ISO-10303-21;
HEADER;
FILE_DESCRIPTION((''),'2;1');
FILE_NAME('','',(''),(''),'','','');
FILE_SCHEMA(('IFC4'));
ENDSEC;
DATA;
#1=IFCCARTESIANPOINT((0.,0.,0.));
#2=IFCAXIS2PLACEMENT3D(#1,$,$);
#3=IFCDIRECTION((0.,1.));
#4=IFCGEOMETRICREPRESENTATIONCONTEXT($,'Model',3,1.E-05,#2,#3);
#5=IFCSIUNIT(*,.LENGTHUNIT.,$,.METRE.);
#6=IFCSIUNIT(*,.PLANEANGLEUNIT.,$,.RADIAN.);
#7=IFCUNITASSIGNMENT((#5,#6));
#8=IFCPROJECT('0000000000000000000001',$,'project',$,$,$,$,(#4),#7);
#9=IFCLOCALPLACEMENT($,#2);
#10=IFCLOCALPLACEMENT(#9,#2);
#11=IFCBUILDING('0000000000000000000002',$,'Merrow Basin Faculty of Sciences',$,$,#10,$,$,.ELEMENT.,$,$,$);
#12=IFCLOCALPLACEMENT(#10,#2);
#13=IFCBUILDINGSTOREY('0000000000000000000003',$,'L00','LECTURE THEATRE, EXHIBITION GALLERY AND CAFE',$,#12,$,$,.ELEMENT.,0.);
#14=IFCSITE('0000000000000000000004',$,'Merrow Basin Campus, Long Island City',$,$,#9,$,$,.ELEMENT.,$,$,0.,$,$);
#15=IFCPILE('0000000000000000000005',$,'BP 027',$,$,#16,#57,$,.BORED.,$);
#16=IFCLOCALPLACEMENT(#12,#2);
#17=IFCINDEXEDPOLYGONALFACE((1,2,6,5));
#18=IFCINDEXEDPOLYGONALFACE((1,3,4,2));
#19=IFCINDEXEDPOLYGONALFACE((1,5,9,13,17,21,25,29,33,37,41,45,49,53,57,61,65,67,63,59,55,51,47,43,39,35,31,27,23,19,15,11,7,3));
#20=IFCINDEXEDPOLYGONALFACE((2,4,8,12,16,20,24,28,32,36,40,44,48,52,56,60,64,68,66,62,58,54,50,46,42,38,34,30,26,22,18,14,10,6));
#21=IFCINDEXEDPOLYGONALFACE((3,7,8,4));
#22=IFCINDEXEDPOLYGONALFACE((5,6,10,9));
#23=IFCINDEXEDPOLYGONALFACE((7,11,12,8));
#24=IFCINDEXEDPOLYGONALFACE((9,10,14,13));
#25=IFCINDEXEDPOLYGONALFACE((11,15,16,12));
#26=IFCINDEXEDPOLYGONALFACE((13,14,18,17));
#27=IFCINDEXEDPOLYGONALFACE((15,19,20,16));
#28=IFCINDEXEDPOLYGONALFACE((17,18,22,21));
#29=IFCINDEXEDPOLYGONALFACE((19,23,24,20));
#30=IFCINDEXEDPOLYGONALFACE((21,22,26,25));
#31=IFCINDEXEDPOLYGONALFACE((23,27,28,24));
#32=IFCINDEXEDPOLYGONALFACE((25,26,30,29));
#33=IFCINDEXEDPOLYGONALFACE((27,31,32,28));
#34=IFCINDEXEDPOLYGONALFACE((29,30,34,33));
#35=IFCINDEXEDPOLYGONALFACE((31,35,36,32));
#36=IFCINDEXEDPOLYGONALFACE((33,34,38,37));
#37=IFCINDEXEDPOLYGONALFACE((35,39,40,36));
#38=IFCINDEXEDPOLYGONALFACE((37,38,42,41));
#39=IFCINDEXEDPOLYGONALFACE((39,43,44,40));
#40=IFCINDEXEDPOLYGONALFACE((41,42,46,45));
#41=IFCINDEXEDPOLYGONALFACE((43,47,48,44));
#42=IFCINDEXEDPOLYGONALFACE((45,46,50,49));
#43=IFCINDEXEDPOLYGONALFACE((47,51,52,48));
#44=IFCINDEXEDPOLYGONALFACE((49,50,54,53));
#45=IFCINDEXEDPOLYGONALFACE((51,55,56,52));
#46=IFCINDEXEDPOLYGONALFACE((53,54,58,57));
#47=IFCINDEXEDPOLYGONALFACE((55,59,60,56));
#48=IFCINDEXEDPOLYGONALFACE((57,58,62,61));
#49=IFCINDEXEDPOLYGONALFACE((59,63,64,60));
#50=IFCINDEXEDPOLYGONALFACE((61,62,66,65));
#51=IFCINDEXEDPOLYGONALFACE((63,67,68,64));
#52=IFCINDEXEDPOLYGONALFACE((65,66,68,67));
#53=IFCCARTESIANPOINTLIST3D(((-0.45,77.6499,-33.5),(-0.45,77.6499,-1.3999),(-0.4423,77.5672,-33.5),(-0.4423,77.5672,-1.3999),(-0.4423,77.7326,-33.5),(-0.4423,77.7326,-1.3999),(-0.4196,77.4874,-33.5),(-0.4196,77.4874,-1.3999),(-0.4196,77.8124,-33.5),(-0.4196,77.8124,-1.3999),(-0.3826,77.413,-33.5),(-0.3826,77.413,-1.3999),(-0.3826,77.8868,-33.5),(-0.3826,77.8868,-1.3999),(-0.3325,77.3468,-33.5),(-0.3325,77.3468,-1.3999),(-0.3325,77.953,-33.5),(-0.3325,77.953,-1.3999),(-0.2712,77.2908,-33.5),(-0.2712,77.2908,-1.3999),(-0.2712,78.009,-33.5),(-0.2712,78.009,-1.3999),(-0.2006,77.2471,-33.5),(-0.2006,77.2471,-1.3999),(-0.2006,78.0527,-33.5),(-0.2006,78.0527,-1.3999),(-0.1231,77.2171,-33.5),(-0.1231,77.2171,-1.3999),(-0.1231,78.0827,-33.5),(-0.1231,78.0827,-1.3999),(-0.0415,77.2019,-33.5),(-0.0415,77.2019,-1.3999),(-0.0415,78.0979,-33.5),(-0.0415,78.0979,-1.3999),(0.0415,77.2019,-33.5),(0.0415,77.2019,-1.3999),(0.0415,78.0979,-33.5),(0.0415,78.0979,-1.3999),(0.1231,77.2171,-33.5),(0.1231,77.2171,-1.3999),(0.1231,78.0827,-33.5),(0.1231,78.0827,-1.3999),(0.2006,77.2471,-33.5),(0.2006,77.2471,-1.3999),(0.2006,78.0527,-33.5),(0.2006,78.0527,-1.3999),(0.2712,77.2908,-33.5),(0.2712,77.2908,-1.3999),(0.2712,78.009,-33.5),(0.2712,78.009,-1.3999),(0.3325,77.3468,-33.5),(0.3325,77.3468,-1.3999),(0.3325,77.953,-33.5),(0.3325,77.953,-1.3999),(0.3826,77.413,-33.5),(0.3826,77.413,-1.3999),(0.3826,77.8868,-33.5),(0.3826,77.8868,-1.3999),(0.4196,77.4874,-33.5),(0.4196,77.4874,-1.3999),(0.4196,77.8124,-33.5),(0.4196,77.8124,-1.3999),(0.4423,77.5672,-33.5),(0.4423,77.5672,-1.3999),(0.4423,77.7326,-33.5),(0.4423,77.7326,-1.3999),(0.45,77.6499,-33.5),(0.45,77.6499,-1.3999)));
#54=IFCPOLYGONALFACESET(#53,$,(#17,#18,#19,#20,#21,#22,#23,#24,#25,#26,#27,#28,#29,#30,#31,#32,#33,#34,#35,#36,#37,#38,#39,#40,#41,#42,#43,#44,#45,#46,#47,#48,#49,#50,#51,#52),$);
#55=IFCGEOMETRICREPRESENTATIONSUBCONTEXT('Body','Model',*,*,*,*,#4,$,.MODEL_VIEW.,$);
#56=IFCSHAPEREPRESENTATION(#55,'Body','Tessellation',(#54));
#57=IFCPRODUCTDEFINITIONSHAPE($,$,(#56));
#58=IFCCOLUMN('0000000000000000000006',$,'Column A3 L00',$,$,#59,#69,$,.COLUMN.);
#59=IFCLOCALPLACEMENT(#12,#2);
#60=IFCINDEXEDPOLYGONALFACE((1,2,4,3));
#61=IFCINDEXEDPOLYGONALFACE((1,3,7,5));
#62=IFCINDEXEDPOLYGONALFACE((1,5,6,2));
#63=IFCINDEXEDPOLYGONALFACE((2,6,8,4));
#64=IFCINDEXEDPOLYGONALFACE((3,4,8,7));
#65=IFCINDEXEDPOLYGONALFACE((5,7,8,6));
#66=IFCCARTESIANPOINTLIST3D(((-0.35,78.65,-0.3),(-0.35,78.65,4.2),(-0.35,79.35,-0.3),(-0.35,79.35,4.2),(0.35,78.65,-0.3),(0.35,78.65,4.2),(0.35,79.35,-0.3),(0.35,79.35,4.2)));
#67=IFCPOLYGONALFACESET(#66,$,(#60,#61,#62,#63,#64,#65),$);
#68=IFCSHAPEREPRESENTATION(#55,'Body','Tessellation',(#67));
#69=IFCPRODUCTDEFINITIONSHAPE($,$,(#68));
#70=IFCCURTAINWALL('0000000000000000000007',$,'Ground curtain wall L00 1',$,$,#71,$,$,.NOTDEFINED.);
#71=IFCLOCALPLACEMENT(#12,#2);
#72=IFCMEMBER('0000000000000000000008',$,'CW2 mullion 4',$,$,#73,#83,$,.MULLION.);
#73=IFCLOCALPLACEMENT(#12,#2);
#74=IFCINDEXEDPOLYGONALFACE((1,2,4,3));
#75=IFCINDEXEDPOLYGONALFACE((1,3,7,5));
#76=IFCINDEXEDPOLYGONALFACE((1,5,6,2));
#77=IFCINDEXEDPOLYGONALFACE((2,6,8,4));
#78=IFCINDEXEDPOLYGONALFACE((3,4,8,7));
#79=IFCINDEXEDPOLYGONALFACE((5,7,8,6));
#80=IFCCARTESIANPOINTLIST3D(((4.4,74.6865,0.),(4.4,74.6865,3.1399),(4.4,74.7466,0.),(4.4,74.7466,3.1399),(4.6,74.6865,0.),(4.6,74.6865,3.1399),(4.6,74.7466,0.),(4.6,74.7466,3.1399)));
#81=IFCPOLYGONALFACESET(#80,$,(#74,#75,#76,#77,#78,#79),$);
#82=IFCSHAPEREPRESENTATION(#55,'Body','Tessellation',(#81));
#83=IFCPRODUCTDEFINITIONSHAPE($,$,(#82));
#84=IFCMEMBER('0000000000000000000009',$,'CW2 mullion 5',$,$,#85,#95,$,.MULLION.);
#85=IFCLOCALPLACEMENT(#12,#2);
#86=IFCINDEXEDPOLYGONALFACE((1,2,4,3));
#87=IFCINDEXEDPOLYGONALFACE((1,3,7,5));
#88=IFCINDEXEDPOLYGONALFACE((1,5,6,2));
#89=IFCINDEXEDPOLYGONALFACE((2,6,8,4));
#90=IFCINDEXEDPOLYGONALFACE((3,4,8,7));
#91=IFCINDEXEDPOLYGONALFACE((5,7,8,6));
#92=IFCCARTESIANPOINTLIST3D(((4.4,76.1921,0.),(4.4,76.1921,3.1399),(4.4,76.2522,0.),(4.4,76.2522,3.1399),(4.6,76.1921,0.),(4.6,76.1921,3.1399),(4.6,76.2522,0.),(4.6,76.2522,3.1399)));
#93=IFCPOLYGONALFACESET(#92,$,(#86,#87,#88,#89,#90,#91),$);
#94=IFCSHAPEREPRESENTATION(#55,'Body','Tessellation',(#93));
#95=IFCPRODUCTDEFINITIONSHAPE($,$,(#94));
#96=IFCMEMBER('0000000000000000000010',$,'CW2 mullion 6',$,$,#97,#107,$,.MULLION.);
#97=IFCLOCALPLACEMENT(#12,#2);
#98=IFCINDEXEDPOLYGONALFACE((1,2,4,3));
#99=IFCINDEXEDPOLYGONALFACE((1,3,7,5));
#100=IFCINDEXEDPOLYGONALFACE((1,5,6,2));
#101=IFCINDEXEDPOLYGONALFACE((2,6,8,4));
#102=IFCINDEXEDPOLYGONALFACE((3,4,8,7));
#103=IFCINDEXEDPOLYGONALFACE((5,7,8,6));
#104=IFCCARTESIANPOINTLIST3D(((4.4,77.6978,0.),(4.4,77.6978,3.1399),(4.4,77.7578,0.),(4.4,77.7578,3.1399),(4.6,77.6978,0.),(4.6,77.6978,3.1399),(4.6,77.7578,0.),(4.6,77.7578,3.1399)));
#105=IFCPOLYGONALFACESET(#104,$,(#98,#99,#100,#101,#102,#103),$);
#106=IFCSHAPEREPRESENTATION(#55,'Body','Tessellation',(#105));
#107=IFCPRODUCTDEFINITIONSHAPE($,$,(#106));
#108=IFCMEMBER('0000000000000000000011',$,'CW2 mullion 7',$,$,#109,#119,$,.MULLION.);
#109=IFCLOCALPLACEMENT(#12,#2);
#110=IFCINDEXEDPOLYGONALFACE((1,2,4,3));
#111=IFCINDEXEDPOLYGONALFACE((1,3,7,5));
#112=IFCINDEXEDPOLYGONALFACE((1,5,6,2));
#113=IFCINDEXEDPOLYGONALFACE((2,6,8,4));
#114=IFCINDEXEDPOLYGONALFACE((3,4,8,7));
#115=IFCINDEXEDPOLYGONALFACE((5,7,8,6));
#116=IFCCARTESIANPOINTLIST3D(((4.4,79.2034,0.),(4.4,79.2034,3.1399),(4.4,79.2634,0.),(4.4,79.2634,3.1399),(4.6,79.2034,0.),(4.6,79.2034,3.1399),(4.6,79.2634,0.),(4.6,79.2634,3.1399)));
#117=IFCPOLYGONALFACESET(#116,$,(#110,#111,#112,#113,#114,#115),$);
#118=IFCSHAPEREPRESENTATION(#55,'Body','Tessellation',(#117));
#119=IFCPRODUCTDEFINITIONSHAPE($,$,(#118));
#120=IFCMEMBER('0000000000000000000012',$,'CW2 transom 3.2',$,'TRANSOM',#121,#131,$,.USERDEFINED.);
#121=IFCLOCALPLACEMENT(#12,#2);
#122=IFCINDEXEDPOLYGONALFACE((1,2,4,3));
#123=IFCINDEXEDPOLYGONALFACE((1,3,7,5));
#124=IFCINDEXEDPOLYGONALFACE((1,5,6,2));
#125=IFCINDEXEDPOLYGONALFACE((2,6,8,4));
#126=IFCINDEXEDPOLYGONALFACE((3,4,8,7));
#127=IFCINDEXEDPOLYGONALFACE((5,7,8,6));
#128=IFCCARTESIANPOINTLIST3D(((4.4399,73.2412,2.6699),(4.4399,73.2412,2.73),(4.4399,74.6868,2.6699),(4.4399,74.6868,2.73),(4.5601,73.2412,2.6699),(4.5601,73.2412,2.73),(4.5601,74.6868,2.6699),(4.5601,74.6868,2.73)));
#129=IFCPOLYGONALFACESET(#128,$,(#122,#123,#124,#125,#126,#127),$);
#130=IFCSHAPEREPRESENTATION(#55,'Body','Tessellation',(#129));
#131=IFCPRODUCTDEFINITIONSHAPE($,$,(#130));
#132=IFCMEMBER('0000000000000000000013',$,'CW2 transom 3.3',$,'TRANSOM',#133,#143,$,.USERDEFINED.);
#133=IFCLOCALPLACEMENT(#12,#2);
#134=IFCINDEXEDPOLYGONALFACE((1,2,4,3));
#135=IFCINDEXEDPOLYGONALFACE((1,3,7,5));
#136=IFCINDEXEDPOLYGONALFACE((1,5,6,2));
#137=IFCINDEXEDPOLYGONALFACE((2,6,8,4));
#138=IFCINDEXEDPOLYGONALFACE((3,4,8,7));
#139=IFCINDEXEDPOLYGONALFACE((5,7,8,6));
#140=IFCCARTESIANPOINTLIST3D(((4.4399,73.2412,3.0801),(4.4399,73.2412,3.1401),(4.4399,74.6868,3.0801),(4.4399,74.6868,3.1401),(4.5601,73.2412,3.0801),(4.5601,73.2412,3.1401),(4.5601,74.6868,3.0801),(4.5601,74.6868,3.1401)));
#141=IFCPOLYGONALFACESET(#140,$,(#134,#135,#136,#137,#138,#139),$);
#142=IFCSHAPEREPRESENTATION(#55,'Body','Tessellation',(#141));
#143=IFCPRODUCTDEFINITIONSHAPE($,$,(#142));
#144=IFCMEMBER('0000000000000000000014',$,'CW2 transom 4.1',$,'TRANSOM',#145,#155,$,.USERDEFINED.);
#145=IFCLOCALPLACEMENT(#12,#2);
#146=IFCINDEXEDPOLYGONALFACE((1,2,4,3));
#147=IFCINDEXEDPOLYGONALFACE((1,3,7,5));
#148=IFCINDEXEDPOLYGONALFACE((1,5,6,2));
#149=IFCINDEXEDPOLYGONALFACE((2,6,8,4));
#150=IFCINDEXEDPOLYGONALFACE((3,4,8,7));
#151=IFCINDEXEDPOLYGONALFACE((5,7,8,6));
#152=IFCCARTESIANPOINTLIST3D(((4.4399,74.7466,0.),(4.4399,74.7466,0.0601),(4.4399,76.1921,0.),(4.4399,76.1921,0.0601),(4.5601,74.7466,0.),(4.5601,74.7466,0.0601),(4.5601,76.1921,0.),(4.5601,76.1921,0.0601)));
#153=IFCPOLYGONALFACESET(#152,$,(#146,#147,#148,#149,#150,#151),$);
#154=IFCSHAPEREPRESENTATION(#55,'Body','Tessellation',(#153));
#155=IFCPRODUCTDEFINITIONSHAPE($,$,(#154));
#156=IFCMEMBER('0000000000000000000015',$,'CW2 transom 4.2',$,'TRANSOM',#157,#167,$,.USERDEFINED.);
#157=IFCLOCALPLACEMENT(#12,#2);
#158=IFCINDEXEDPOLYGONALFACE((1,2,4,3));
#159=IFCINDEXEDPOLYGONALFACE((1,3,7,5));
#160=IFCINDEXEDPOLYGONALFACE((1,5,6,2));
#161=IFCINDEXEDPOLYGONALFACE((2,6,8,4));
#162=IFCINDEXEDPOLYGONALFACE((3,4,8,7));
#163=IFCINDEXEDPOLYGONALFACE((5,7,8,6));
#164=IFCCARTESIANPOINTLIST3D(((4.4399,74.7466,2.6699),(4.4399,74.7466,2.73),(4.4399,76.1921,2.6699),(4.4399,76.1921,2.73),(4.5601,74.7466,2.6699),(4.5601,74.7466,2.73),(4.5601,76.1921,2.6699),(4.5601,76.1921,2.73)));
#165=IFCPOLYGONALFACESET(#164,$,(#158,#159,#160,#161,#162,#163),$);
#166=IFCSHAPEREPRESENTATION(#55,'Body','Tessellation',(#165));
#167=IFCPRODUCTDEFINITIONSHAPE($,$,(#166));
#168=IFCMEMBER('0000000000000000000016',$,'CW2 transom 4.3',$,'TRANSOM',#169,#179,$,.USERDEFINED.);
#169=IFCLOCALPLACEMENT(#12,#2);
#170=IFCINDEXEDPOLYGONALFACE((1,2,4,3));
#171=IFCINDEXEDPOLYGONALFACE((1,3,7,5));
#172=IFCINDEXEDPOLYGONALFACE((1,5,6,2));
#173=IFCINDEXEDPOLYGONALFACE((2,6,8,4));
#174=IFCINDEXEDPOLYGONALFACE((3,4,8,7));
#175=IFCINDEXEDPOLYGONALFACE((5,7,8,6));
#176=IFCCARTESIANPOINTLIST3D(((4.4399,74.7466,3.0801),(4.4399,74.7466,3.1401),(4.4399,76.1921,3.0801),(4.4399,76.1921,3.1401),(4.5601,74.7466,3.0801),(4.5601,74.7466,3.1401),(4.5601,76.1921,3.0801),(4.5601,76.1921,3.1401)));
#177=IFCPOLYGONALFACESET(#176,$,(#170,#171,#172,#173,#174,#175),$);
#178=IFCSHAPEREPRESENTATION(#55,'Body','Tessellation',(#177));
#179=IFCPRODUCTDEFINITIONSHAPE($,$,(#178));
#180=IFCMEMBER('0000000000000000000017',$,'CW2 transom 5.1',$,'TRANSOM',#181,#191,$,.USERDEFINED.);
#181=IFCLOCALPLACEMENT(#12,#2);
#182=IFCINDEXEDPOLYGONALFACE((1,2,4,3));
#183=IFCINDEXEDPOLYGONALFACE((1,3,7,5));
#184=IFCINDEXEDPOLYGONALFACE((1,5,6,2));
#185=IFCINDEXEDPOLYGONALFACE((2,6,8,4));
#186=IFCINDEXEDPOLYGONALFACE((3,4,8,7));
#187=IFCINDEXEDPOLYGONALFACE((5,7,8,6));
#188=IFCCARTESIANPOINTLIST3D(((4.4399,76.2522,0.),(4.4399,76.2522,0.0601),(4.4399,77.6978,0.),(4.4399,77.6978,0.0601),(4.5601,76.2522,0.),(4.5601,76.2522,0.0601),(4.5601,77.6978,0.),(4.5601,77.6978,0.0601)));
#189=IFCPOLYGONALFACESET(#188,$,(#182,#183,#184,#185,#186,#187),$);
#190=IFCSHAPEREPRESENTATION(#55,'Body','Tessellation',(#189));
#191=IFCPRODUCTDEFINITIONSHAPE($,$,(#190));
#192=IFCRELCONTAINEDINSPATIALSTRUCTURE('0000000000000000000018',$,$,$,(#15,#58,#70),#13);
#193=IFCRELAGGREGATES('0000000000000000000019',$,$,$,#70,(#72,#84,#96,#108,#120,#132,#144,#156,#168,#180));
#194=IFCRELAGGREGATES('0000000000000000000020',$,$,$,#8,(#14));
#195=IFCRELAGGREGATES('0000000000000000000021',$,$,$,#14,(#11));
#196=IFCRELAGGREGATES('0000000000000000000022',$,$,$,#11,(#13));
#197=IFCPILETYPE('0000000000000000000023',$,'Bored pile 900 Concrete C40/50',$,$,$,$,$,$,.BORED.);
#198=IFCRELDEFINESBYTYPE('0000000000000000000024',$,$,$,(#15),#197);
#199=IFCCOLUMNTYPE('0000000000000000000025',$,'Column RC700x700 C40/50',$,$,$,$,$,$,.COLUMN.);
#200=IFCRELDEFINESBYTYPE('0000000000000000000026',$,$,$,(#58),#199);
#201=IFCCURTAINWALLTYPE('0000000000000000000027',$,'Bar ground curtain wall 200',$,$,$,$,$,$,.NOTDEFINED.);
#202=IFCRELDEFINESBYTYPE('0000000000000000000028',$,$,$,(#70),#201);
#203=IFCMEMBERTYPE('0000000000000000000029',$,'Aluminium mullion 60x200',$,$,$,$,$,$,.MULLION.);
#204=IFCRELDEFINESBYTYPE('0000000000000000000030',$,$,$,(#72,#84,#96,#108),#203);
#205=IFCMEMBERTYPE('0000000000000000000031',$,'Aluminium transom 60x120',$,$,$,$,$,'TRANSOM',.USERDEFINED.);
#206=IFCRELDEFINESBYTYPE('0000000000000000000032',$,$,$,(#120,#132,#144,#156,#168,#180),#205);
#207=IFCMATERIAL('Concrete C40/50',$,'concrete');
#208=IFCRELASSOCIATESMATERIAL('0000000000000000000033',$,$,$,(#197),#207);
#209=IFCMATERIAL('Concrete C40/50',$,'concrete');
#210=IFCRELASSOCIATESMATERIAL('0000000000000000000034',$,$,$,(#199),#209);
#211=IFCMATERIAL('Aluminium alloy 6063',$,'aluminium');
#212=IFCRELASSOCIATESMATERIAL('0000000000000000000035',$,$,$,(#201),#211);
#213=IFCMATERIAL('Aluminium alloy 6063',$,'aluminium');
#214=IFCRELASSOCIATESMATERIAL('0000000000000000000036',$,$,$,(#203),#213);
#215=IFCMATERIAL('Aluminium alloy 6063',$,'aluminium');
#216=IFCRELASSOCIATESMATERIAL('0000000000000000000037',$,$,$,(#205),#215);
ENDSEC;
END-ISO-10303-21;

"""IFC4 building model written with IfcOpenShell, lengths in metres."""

from ifc_helpers import new_model, si_unit, direction, frame, origin, origin_2d, place, context, subcontext, project, spatial, rectangle, circle, extrude, material, material_profile, profile_set, type_object, element, aggregate, save


model = new_model("IFC4")

# Units and contexts
model_context = context("Model", 3, precision=1e-05, world=origin(), true_north=direction((0.0, 1.0)))
body_context = subcontext(model_context, "Body", "Model", "MODEL_VIEW")
ifc_project = project(units=[si_unit("LENGTHUNIT", "METRE"), si_unit("PLANEANGLEUNIT", "RADIAN")], contexts=[model_context])

# Site, building, storey
site_placement = place(None, origin())
site = spatial("IfcSite", under=ifc_project, at=site_placement, Name="Merrow Basin Campus, Long Island City", CompositionType="ELEMENT", RefElevation=0.0)
building_placement = place(site_placement, origin())
building = spatial("IfcBuilding", under=site, at=building_placement, Name="Merrow Basin Faculty of Sciences", CompositionType="ELEMENT")
storey_placement = place(building_placement, origin())
storey = spatial("IfcBuildingStorey", under=building, at=storey_placement, Name="L00", Description="LECTURE THEATRE, EXHIBITION GALLERY AND CAFE", CompositionType="ELEMENT", Elevation=0.0)

# Pile
ifc_material_1 = material(Name="Concrete C40/50", Category="concrete")
ifc_material_profile_1 = material_profile(ifc_material_1, circle(Radius=0.45, at=origin_2d()))
ifc_profile_set_1 = profile_set([ifc_material_profile_1], Name="Concrete C40/50")
pile_type = type_object("IfcPileType", Name="Bored pile 900 Concrete C40/50", PredefinedType="BORED", material=ifc_profile_set_1)
pile_placement = place(storey_placement, frame((0.0, 77.6499, -1.3999), z_axis=(0.0, 0.0, -1.0), x_axis=(1.0, 0.0, 0.0)))
element("IfcPile", 1, at=pile_placement, inside=storey, type_object=pile_type, Name="BP 027", PredefinedType="BORED", context=body_context, shape_type="SweptSolid", body=[
    extrude(circle(Radius=0.45, at=origin_2d()), origin(), (0.0, 0.0, 1.0), 32.1001),
])

# Column
ifc_material_2 = material(Name="Concrete C40/50", Category="concrete")
ifc_material_profile_2 = material_profile(ifc_material_2, rectangle(XDim=0.7, YDim=0.7, at=origin_2d()))
ifc_profile_set_2 = profile_set([ifc_material_profile_2], Name="Concrete C40/50")
column_type = type_object("IfcColumnType", Name="Column RC700x700 C40/50", PredefinedType="COLUMN", material=ifc_profile_set_2)
column_placement = place(storey_placement, frame((0.0, 79.0, -0.3), z_axis=(0.0, 0.0, 1.0), x_axis=(1.0, 0.0, 0.0)))
element("IfcColumn", 2, at=column_placement, inside=storey, type_object=column_type, Name="Column A3 L00", PredefinedType="COLUMN", context=body_context, shape_type="SweptSolid", body=[
    extrude(rectangle(XDim=0.7, YDim=0.7, at=origin_2d()), origin(), (0.0, 0.0, 1.0), 4.5),
])

# Curtain wall, members
ifc_material_3 = material(Name="Aluminium alloy 6063", Category="aluminium")
curtain_wall_type = type_object("IfcCurtainWallType", Name="Bar ground curtain wall 200", PredefinedType="NOTDEFINED", material=ifc_material_3)
curtain_wall_placement = place(storey_placement, origin())
curtain_wall = element("IfcCurtainWall", 3, at=curtain_wall_placement, inside=storey, type_object=curtain_wall_type, Name="Ground curtain wall L00 1", PredefinedType="NOTDEFINED")
ifc_material_4 = material(Name="Aluminium alloy 6063", Category="aluminium")
ifc_material_profile_3 = material_profile(ifc_material_4, rectangle(XDim=0.2, YDim=0.0601, at=origin_2d()))
ifc_profile_set_3 = profile_set([ifc_material_profile_3], Name="Aluminium alloy 6063")
member_type_1 = type_object("IfcMemberType", Name="Aluminium mullion 60x200", PredefinedType="MULLION", material=ifc_profile_set_3)
member_1_placement = place(storey_placement, frame((4.5, 74.7166, 0.0), z_axis=(0.0, 0.0, 1.0), x_axis=(-1.0, 0.0, 0.0)))
member_1 = element("IfcMember", 4, at=member_1_placement, type_object=member_type_1, Name="CW2 mullion 4", PredefinedType="MULLION", context=body_context, shape_type="SweptSolid", body=[
    extrude(rectangle(XDim=0.2, YDim=0.0601, at=origin_2d()), origin(), (0.0, 0.0, 1.0), 3.1399),
])
member_2_placement = place(storey_placement, frame((4.5, 76.2222, 0.0), z_axis=(0.0, 0.0, 1.0), x_axis=(-1.0, 0.0, 0.0)))
member_2 = element("IfcMember", 5, at=member_2_placement, type_object=member_type_1, Name="CW2 mullion 5", PredefinedType="MULLION", context=body_context, shape_type="SweptSolid", body=[
    extrude(rectangle(XDim=0.2, YDim=0.0601, at=origin_2d()), origin(), (0.0, 0.0, 1.0), 3.1399),
])
member_3_placement = place(storey_placement, frame((4.5, 77.7278, 0.0), z_axis=(0.0, 0.0, 1.0), x_axis=(-1.0, 0.0, 0.0)))
member_3 = element("IfcMember", 6, at=member_3_placement, type_object=member_type_1, Name="CW2 mullion 6", PredefinedType="MULLION", context=body_context, shape_type="SweptSolid", body=[
    extrude(rectangle(XDim=0.2, YDim=0.0601, at=origin_2d()), origin(), (0.0, 0.0, 1.0), 3.1399),
])
member_4_placement = place(storey_placement, frame((4.5, 79.2334, 0.0), z_axis=(0.0, 0.0, 1.0), x_axis=(-1.0, 0.0, 0.0)))
member_4 = element("IfcMember", 7, at=member_4_placement, type_object=member_type_1, Name="CW2 mullion 7", PredefinedType="MULLION", context=body_context, shape_type="SweptSolid", body=[
    extrude(rectangle(XDim=0.2, YDim=0.0601, at=origin_2d()), origin(), (0.0, 0.0, 1.0), 3.1399),
])
ifc_material_5 = material(Name="Aluminium alloy 6063", Category="aluminium")
ifc_material_profile_4 = material_profile(ifc_material_5, rectangle(XDim=0.1201, YDim=0.0601, at=origin_2d()))
ifc_profile_set_4 = profile_set([ifc_material_profile_4], Name="Aluminium alloy 6063")
member_type_2 = type_object("IfcMemberType", Name="Aluminium transom 60x120", ElementType="TRANSOM", PredefinedType="USERDEFINED", material=ifc_profile_set_4)
member_5_placement = place(storey_placement, frame((4.5, 73.2412, 2.7), z_axis=(0.0, 1.0, 0.0), x_axis=(-1.0, 0.0, 0.0)))
member_5 = element("IfcMember", 8, at=member_5_placement, type_object=member_type_2, Name="CW2 transom 3.2", ObjectType="TRANSOM", PredefinedType="USERDEFINED", context=body_context, shape_type="SweptSolid", body=[
    extrude(rectangle(XDim=0.1201, YDim=0.0601, at=origin_2d()), origin(), (0.0, 0.0, 1.0), 1.4456),
])
member_6_placement = place(storey_placement, frame((4.5, 73.2412, 3.1101), z_axis=(0.0, 1.0, 0.0), x_axis=(-1.0, 0.0, 0.0)))
member_6 = element("IfcMember", 9, at=member_6_placement, type_object=member_type_2, Name="CW2 transom 3.3", ObjectType="TRANSOM", PredefinedType="USERDEFINED", context=body_context, shape_type="SweptSolid", body=[
    extrude(rectangle(XDim=0.1201, YDim=0.0601, at=origin_2d()), origin(), (0.0, 0.0, 1.0), 1.4456),
])
member_7_placement = place(storey_placement, frame((4.5, 74.7466, 0.03), z_axis=(0.0, 1.0, 0.0), x_axis=(-1.0, 0.0, 0.0)))
member_7 = element("IfcMember", 10, at=member_7_placement, type_object=member_type_2, Name="CW2 transom 4.1", ObjectType="TRANSOM", PredefinedType="USERDEFINED", context=body_context, shape_type="SweptSolid", body=[
    extrude(rectangle(XDim=0.1201, YDim=0.0601, at=origin_2d()), origin(), (0.0, 0.0, 1.0), 1.4456),
])
member_8_placement = place(storey_placement, frame((4.5, 74.7466, 2.7), z_axis=(0.0, 1.0, 0.0), x_axis=(-1.0, 0.0, 0.0)))
member_8 = element("IfcMember", 11, at=member_8_placement, type_object=member_type_2, Name="CW2 transom 4.2", ObjectType="TRANSOM", PredefinedType="USERDEFINED", context=body_context, shape_type="SweptSolid", body=[
    extrude(rectangle(XDim=0.1201, YDim=0.0601, at=origin_2d()), origin(), (0.0, 0.0, 1.0), 1.4456),
])
member_9_placement = place(storey_placement, frame((4.5, 74.7466, 3.1101), z_axis=(0.0, 1.0, 0.0), x_axis=(-1.0, 0.0, 0.0)))
member_9 = element("IfcMember", 12, at=member_9_placement, type_object=member_type_2, Name="CW2 transom 4.3", ObjectType="TRANSOM", PredefinedType="USERDEFINED", context=body_context, shape_type="SweptSolid", body=[
    extrude(rectangle(XDim=0.1201, YDim=0.0601, at=origin_2d()), origin(), (0.0, 0.0, 1.0), 1.4456),
])
member_10_placement = place(storey_placement, frame((4.5, 76.2522, 0.03), z_axis=(0.0, 1.0, 0.0), x_axis=(-1.0, 0.0, 0.0)))
member_10 = element("IfcMember", 13, at=member_10_placement, type_object=member_type_2, Name="CW2 transom 5.1", ObjectType="TRANSOM", PredefinedType="USERDEFINED", context=body_context, shape_type="SweptSolid", body=[
    extrude(rectangle(XDim=0.1201, YDim=0.0601, at=origin_2d()), origin(), (0.0, 0.0, 1.0), 1.4456),
])

aggregate(curtain_wall, [member_1, member_2, member_3, member_4, member_5, member_6, member_7, member_8, member_9, member_10])

save(model, "model.ifc")
